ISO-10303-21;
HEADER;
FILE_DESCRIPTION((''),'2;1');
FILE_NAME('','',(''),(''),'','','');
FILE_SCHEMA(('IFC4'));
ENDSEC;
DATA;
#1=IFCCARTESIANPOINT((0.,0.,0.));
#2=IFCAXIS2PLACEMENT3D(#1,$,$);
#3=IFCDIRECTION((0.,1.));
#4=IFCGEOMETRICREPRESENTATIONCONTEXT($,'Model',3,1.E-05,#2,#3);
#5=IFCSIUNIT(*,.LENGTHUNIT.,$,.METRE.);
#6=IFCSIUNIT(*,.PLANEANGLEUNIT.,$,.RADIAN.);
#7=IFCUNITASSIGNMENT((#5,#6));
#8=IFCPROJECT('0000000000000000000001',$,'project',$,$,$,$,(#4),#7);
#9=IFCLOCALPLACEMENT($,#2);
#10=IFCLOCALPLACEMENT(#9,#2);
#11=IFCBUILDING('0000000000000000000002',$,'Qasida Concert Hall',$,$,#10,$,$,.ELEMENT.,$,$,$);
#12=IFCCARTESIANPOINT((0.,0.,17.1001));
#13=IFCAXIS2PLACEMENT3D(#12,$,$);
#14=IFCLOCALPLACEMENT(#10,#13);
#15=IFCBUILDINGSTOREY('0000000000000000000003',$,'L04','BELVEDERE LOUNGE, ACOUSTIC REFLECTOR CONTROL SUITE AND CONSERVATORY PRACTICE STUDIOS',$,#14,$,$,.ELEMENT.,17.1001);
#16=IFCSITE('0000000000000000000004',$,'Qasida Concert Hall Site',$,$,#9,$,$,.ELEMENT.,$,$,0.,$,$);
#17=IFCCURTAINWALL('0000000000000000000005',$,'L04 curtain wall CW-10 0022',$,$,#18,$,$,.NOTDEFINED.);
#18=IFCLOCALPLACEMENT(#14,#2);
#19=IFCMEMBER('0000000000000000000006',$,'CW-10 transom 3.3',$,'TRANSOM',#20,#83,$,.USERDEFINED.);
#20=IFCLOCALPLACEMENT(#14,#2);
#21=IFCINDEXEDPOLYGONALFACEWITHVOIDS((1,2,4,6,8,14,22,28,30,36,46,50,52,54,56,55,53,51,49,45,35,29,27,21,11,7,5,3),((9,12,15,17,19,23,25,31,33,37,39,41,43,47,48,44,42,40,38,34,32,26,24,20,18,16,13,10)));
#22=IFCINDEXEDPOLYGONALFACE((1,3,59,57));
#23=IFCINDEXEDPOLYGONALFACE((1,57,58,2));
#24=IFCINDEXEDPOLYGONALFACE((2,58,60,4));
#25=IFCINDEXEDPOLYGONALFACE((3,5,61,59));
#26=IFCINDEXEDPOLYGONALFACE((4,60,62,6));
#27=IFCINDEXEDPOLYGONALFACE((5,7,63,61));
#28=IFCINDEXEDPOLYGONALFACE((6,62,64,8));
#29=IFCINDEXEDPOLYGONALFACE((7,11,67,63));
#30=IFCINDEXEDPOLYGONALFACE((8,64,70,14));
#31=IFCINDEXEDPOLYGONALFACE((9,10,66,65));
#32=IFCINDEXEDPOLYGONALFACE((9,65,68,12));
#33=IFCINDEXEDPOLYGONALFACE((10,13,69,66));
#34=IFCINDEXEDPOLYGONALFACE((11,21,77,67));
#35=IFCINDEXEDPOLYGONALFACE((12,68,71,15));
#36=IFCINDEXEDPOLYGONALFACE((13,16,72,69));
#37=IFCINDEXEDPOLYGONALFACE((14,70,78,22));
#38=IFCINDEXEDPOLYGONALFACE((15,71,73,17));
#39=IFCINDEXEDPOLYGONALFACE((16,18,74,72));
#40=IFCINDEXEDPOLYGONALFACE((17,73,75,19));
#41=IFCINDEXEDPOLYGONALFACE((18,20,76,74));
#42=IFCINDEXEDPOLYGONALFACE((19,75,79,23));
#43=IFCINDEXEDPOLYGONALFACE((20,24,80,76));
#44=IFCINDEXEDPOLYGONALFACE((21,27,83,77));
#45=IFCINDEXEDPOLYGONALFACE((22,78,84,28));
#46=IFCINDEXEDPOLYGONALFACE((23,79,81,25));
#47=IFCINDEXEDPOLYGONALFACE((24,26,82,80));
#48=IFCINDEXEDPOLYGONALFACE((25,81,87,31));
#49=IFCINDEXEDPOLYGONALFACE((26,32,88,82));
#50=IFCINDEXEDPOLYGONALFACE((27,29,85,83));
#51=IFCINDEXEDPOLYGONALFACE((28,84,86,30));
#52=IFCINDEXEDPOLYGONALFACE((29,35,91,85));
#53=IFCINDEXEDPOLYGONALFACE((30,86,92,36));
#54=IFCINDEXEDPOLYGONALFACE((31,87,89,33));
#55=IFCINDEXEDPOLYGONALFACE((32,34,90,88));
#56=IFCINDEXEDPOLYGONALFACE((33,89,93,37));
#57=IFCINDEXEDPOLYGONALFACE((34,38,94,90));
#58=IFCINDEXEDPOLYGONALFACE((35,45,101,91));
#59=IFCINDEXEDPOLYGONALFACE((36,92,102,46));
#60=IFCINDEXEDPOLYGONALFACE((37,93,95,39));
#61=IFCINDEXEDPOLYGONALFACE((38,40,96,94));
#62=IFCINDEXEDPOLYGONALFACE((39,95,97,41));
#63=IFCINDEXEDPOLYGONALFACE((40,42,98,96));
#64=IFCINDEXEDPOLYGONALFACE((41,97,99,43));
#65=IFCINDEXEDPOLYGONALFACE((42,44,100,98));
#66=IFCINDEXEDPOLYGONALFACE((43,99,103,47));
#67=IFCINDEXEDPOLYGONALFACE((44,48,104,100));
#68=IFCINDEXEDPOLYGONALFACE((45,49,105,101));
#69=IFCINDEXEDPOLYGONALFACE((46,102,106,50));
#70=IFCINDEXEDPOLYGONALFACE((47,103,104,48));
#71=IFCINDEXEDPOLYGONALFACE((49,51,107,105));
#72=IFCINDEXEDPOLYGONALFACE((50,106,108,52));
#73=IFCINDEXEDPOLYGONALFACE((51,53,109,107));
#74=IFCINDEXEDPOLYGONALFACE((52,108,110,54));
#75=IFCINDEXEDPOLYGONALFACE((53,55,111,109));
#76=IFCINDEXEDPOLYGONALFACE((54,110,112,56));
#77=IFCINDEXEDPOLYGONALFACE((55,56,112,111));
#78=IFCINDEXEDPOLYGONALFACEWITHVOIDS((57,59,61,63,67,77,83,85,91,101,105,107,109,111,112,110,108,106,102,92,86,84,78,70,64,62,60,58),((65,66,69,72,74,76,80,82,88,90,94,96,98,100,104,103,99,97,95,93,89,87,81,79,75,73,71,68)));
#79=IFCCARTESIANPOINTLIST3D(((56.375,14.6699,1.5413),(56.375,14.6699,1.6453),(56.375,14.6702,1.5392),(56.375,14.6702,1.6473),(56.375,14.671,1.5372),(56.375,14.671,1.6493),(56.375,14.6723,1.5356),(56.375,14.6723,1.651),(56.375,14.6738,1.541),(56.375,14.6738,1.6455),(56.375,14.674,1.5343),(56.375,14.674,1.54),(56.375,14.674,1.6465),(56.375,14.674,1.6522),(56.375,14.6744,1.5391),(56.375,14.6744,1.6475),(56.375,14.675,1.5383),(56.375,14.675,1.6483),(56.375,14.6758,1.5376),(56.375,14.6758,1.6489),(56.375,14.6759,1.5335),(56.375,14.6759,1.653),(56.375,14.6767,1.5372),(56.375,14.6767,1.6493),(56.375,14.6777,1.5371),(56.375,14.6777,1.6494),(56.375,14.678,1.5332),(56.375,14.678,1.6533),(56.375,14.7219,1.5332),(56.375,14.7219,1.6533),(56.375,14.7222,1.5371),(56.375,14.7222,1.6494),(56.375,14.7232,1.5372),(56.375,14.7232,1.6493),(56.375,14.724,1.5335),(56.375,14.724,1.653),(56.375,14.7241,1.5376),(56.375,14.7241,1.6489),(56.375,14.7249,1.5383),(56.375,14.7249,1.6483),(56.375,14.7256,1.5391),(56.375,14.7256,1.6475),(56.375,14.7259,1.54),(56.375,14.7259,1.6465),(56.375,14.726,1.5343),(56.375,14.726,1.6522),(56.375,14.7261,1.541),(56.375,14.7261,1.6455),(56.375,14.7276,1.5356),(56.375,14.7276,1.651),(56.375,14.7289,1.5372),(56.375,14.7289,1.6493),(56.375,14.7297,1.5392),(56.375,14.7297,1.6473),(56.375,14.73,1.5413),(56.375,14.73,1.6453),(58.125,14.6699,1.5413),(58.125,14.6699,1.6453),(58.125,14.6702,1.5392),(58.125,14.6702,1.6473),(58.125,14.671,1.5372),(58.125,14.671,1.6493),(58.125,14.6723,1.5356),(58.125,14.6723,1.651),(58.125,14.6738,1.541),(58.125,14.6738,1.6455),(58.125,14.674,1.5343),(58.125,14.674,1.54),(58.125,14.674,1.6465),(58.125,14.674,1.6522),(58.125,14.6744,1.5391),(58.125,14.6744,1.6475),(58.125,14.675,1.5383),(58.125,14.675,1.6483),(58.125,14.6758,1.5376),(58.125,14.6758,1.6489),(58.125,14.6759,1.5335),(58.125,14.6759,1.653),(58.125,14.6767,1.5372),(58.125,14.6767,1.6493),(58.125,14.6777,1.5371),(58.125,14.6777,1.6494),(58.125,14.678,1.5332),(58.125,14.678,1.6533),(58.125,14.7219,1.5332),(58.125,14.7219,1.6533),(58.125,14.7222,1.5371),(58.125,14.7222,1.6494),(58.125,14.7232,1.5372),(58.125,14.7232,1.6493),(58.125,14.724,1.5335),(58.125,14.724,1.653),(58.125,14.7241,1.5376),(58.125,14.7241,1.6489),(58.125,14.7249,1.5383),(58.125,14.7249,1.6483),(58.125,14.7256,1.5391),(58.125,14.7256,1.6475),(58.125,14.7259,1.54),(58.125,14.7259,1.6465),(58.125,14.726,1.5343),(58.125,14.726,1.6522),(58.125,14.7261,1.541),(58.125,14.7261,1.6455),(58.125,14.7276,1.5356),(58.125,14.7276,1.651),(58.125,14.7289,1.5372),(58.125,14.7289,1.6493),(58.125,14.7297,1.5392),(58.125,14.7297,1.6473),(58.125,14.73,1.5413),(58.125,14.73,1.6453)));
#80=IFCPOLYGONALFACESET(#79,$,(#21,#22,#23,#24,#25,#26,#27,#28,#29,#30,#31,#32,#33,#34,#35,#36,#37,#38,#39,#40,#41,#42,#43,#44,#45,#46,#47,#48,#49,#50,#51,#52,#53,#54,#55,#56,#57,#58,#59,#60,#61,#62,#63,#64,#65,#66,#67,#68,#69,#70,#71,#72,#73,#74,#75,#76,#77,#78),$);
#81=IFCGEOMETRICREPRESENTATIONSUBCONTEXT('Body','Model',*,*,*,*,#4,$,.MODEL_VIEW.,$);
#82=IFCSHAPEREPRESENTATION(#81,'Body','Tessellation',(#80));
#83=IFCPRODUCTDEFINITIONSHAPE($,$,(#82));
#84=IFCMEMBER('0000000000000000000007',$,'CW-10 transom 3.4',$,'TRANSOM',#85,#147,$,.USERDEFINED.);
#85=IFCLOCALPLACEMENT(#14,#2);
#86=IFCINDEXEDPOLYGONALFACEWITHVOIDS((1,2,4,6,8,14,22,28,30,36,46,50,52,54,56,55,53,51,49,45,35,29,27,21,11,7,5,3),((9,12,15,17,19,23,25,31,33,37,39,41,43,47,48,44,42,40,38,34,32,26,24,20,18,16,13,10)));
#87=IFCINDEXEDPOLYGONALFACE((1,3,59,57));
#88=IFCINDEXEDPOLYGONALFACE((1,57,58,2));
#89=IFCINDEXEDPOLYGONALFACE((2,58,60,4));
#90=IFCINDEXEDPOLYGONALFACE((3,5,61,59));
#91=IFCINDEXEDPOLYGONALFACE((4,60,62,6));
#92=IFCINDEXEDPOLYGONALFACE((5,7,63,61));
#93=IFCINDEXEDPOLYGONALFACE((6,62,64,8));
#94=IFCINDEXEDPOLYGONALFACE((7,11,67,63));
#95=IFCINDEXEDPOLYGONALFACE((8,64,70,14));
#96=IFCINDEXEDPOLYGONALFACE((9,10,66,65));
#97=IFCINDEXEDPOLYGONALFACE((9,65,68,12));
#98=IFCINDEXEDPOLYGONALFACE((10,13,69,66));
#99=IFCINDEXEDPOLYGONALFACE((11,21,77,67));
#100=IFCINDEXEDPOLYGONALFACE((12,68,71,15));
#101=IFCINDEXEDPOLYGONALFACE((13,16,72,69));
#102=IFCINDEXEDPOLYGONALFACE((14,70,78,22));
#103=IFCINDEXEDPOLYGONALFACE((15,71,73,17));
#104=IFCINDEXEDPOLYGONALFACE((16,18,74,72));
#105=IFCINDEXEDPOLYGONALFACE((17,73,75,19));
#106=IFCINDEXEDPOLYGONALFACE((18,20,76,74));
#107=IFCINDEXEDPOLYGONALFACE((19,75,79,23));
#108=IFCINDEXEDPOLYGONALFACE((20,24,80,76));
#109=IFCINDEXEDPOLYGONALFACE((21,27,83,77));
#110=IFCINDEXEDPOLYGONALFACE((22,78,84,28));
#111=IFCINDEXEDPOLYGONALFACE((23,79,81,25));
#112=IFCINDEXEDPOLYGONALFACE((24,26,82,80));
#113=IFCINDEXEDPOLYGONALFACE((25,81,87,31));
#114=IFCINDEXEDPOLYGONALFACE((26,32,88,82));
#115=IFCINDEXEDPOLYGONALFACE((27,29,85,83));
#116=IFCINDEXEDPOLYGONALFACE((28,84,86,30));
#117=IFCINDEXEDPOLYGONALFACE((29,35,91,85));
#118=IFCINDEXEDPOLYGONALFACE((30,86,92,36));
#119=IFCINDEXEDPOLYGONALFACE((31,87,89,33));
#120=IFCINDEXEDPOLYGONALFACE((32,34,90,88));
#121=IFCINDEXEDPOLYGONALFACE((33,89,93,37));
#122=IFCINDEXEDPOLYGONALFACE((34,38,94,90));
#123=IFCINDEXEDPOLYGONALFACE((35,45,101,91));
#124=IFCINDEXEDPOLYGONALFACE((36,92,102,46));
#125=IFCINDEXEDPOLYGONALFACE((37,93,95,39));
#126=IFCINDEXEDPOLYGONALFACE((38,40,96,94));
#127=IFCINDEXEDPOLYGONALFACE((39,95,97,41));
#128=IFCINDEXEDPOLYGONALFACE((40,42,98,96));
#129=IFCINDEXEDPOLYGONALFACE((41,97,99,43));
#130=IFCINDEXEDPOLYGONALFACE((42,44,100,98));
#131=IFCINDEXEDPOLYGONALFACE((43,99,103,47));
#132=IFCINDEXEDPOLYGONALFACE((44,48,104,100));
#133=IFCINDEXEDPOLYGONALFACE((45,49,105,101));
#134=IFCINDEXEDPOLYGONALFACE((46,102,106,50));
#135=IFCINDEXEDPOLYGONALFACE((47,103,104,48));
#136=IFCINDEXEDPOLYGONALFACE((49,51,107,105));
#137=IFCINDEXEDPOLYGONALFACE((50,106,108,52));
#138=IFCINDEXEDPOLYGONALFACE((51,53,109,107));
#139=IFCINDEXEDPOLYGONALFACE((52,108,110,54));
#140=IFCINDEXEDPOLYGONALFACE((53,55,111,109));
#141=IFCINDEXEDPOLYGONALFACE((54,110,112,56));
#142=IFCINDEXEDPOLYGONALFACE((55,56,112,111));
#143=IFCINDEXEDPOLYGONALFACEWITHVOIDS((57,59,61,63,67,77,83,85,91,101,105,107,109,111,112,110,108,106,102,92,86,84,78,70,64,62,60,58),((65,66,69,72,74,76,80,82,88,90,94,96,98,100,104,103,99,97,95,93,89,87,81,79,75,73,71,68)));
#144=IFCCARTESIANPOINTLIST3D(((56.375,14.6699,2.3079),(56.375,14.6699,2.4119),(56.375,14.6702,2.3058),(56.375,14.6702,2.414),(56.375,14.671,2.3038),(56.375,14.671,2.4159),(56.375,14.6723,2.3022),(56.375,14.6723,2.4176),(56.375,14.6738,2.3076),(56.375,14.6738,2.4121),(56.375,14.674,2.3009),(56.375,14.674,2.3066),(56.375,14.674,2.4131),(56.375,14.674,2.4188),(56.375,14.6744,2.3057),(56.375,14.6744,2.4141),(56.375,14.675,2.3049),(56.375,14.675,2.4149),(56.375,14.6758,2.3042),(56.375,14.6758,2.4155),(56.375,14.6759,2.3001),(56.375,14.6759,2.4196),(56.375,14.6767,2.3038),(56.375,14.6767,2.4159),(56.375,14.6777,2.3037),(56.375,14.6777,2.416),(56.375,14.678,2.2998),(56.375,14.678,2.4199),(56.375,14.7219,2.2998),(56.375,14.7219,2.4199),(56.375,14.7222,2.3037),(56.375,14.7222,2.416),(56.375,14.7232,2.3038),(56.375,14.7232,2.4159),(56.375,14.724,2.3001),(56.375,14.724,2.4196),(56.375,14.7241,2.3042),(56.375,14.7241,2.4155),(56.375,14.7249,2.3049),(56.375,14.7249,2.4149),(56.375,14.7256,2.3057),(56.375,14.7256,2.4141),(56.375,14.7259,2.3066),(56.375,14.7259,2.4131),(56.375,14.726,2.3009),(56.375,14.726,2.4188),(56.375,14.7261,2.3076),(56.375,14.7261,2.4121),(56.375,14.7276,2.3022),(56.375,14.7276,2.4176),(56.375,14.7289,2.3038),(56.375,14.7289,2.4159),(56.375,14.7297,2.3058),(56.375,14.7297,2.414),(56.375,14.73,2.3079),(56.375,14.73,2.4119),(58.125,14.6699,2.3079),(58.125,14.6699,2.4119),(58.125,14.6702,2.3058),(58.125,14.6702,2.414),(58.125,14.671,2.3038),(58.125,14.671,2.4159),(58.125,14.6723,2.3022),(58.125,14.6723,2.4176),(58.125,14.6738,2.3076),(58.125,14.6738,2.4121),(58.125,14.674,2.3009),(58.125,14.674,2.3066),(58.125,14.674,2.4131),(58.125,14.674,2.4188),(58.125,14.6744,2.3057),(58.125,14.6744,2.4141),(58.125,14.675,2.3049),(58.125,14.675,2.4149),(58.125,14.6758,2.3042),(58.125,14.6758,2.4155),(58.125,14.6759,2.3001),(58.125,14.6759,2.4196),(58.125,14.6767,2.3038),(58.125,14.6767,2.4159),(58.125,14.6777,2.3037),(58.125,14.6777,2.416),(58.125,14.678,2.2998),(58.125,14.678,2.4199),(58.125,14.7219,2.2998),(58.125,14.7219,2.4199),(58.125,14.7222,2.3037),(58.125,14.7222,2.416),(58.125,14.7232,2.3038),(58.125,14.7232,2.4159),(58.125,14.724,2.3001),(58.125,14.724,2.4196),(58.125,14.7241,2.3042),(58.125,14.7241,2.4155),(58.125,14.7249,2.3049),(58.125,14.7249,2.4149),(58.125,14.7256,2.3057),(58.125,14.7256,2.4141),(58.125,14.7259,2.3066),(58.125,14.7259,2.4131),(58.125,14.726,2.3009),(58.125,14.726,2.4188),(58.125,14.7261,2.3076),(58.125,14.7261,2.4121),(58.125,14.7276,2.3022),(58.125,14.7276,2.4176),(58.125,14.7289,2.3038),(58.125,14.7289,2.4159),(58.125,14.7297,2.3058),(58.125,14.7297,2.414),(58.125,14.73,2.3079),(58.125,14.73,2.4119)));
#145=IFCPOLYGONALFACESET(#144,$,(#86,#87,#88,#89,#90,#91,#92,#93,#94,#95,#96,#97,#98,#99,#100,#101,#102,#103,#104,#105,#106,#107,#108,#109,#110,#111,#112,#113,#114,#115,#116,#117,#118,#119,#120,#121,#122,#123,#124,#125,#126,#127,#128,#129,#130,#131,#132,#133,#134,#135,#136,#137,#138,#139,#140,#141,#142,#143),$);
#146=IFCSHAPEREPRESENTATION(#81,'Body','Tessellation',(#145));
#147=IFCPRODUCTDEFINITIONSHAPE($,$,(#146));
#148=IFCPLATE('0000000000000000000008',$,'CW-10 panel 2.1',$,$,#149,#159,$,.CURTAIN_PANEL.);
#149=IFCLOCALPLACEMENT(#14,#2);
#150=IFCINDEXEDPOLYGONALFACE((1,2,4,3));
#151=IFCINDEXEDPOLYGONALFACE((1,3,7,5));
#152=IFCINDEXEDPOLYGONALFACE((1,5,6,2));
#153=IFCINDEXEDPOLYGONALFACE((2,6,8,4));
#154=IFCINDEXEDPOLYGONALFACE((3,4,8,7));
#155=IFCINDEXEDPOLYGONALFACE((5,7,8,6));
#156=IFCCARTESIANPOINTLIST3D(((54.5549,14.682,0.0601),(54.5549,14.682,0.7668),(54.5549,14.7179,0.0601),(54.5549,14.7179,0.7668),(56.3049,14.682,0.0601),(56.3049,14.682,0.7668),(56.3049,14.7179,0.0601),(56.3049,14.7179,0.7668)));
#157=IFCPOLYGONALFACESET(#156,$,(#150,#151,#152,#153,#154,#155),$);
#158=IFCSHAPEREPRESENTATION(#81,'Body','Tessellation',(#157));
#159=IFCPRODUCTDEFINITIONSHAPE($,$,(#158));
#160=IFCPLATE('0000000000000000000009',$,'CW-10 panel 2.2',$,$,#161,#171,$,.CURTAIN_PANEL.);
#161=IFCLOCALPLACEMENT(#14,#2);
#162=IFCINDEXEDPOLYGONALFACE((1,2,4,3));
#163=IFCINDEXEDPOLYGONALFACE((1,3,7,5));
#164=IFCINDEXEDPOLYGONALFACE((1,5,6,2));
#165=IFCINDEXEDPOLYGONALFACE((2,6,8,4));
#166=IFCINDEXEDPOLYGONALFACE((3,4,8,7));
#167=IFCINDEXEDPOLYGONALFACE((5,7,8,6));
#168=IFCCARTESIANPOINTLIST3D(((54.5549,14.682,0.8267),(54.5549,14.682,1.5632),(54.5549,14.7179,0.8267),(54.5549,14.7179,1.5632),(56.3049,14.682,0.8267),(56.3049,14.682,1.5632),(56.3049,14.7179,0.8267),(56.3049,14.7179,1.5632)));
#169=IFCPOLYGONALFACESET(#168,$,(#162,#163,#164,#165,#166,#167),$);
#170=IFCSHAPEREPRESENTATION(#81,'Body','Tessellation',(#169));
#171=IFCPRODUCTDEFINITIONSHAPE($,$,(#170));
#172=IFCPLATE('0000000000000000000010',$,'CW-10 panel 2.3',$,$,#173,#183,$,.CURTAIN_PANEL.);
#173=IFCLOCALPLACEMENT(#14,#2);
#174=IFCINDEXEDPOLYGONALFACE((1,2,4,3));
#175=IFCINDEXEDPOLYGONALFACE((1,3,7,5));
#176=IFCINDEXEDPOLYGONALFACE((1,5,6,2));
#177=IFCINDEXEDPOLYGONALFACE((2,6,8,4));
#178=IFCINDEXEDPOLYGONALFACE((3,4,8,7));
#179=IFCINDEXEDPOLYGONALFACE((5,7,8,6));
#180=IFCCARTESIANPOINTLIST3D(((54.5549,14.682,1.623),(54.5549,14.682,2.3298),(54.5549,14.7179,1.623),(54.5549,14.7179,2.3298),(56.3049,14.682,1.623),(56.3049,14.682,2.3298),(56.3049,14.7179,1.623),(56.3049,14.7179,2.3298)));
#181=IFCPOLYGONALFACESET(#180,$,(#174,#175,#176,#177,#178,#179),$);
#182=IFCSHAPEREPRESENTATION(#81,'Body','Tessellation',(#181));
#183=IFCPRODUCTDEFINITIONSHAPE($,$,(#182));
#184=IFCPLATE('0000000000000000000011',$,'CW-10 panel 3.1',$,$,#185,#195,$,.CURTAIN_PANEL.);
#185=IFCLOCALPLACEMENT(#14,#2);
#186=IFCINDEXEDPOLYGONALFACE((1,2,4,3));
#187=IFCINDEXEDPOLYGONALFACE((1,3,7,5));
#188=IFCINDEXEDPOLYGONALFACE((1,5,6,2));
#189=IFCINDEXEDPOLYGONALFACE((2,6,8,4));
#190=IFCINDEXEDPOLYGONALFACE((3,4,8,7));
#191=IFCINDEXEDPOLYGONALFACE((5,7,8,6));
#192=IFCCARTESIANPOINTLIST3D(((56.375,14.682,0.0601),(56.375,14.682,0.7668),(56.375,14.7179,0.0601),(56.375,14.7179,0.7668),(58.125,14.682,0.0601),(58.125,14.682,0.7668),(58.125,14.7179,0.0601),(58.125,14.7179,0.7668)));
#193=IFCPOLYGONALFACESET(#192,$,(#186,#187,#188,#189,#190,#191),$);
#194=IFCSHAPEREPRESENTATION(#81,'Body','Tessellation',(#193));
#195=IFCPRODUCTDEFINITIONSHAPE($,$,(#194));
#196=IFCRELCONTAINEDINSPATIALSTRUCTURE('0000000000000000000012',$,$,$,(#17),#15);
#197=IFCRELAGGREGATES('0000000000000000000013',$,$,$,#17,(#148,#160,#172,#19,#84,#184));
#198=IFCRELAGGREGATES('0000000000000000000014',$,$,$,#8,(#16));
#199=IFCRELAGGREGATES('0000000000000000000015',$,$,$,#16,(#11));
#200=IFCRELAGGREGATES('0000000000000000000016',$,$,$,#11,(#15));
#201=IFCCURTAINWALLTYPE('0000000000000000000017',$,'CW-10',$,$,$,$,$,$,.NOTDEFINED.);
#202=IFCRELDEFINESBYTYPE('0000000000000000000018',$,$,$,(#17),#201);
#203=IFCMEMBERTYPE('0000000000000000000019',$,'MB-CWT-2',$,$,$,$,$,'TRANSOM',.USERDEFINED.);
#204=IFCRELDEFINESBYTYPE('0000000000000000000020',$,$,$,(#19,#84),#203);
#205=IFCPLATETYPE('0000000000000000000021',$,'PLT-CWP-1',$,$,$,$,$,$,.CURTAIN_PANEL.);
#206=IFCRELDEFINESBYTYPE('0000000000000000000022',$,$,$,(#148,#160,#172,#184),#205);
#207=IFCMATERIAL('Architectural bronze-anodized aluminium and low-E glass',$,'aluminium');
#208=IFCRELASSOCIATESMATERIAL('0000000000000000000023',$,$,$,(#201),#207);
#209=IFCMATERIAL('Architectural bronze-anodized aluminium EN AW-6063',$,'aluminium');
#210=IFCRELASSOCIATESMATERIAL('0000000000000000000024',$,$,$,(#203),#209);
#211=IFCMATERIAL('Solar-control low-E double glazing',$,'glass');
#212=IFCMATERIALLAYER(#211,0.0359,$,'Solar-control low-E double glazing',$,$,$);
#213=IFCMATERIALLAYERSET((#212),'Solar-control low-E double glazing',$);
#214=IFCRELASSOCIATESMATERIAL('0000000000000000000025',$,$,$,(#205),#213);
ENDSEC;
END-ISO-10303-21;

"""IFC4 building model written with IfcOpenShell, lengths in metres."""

from ifc_helpers import new_model, si_unit, direction, frame, origin, origin_2d, place, context, subcontext, project, spatial, rectangle, hollow_rectangle, extrude, material, layer, layer_set, material_profile, profile_set, type_object, element, aggregate, save


model = new_model("IFC4")

# Units and contexts
model_context = context("Model", 3, precision=1e-05, world=origin(), true_north=direction((0.0, 1.0)))
body_context = subcontext(model_context, "Body", "Model", "MODEL_VIEW")
ifc_project = project(units=[si_unit("LENGTHUNIT", "METRE"), si_unit("PLANEANGLEUNIT", "RADIAN")], contexts=[model_context])

# Site, building, storey
site_placement = place(None, origin())
site = spatial("IfcSite", under=ifc_project, at=site_placement, Name="Qasida Concert Hall Site", CompositionType="ELEMENT", RefElevation=0.0)
building_placement = place(site_placement, origin())
building = spatial("IfcBuilding", under=site, at=building_placement, Name="Qasida Concert Hall", CompositionType="ELEMENT")
storey_placement = place(building_placement, frame((0.0, 0.0, 17.1001)))
storey = spatial("IfcBuildingStorey", under=building, at=storey_placement, Name="L04", Description="BELVEDERE LOUNGE, ACOUSTIC REFLECTOR CONTROL SUITE AND CONSERVATORY PRACTICE STUDIOS", CompositionType="ELEMENT", Elevation=17.1001)

# Curtain wall, members, plates
ifc_material_1 = material(Name="Architectural bronze-anodized aluminium and low-E glass", Category="aluminium")
curtain_wall_type = type_object("IfcCurtainWallType", Name="CW-10", PredefinedType="NOTDEFINED", material=ifc_material_1)
curtain_wall_placement = place(storey_placement, origin())
curtain_wall = element("IfcCurtainWall", 1, at=curtain_wall_placement, inside=storey, type_object=curtain_wall_type, Name="L04 curtain wall CW-10 0022", PredefinedType="NOTDEFINED")
ifc_material_2 = material(Name="Architectural bronze-anodized aluminium EN AW-6063", Category="aluminium")
ifc_material_profile_1 = material_profile(ifc_material_2, hollow_rectangle(XDim=0.0601, YDim=0.1201, WallThickness=0.0039, InnerFilletRadius=0.0039, OuterFilletRadius=0.0081, at=origin_2d()), Name="CWT 120x60x4")
ifc_profile_set_1 = profile_set([ifc_material_profile_1], Name="Architectural bronze-anodized aluminium EN AW-6063")
member_type_1 = type_object("IfcMemberType", Name="MB-CWT-2", ElementType="TRANSOM", PredefinedType="USERDEFINED", material=ifc_profile_set_1)
member_1_placement = place(storey_placement, frame((56.375, 14.7, 1.5933), z_axis=(1.0, 0.0, 0.0), x_axis=(0.0, 1.0, 0.0)))
member_1 = element("IfcMember", 2, at=member_1_placement, type_object=member_type_1, Name="CW-10 transom 3.3", ObjectType="TRANSOM", PredefinedType="USERDEFINED", context=body_context, shape_type="SweptSolid", body=[
    extrude(hollow_rectangle(XDim=0.0601, YDim=0.1201, WallThickness=0.0039, InnerFilletRadius=0.0039, OuterFilletRadius=0.0081, at=origin_2d()), origin(), (0.0, 0.0, 1.0), 1.75),
])
member_2_placement = place(storey_placement, frame((56.375, 14.7, 2.3599), z_axis=(1.0, 0.0, 0.0), x_axis=(0.0, 1.0, 0.0)))
member_2 = element("IfcMember", 3, at=member_2_placement, type_object=member_type_1, Name="CW-10 transom 3.4", ObjectType="TRANSOM", PredefinedType="USERDEFINED", context=body_context, shape_type="SweptSolid", body=[
    extrude(hollow_rectangle(XDim=0.0601, YDim=0.1201, WallThickness=0.0039, InnerFilletRadius=0.0039, OuterFilletRadius=0.0081, at=origin_2d()), origin(), (0.0, 0.0, 1.0), 1.75),
])
ifc_material_3 = material(Name="Solar-control low-E double glazing", Category="glass")
ifc_layer_1 = layer(ifc_material_3, 0.0359, Name="Solar-control low-E double glazing")
ifc_layer_set_1 = layer_set([ifc_layer_1], Name="Solar-control low-E double glazing")
plate_type = type_object("IfcPlateType", Name="PLT-CWP-1", PredefinedType="CURTAIN_PANEL", material=ifc_layer_set_1)
plate_1_placement = place(storey_placement, frame((55.4299, 14.7, 0.0601), z_axis=(0.0, 0.0, 1.0), x_axis=(1.0, 0.0, 0.0)))
plate_1 = element("IfcPlate", 4, at=plate_1_placement, type_object=plate_type, Name="CW-10 panel 2.1", PredefinedType="CURTAIN_PANEL", context=body_context, shape_type="SweptSolid", body=[
    extrude(rectangle(XDim=1.75, YDim=0.0359, at=origin_2d()), origin(), (0.0, 0.0, 1.0), 0.7068),
])
plate_2_placement = place(storey_placement, frame((55.4299, 14.7, 0.8267), z_axis=(0.0, 0.0, 1.0), x_axis=(1.0, 0.0, 0.0)))
plate_2 = element("IfcPlate", 5, at=plate_2_placement, type_object=plate_type, Name="CW-10 panel 2.2", PredefinedType="CURTAIN_PANEL", context=body_context, shape_type="SweptSolid", body=[
    extrude(rectangle(XDim=1.75, YDim=0.0359, at=origin_2d()), origin(), (0.0, 0.0, 1.0), 0.7366),
])
plate_3_placement = place(storey_placement, frame((55.4299, 14.7, 1.623), z_axis=(0.0, 0.0, 1.0), x_axis=(1.0, 0.0, 0.0)))
plate_3 = element("IfcPlate", 6, at=plate_3_placement, type_object=plate_type, Name="CW-10 panel 2.3", PredefinedType="CURTAIN_PANEL", context=body_context, shape_type="SweptSolid", body=[
    extrude(rectangle(XDim=1.75, YDim=0.0359, at=origin_2d()), origin(), (0.0, 0.0, 1.0), 0.7068),
])
plate_4_placement = place(storey_placement, frame((57.25, 14.7, 0.0601), z_axis=(0.0, 0.0, 1.0), x_axis=(1.0, 0.0, 0.0)))
plate_4 = element("IfcPlate", 7, at=plate_4_placement, type_object=plate_type, Name="CW-10 panel 3.1", PredefinedType="CURTAIN_PANEL", context=body_context, shape_type="SweptSolid", body=[
    extrude(rectangle(XDim=1.75, YDim=0.0359, at=origin_2d()), origin(), (0.0, 0.0, 1.0), 0.7068),
])
aggregate(curtain_wall, [plate_1, plate_2, plate_3, member_1, member_2, plate_4])

save(model, "model.ifc")
